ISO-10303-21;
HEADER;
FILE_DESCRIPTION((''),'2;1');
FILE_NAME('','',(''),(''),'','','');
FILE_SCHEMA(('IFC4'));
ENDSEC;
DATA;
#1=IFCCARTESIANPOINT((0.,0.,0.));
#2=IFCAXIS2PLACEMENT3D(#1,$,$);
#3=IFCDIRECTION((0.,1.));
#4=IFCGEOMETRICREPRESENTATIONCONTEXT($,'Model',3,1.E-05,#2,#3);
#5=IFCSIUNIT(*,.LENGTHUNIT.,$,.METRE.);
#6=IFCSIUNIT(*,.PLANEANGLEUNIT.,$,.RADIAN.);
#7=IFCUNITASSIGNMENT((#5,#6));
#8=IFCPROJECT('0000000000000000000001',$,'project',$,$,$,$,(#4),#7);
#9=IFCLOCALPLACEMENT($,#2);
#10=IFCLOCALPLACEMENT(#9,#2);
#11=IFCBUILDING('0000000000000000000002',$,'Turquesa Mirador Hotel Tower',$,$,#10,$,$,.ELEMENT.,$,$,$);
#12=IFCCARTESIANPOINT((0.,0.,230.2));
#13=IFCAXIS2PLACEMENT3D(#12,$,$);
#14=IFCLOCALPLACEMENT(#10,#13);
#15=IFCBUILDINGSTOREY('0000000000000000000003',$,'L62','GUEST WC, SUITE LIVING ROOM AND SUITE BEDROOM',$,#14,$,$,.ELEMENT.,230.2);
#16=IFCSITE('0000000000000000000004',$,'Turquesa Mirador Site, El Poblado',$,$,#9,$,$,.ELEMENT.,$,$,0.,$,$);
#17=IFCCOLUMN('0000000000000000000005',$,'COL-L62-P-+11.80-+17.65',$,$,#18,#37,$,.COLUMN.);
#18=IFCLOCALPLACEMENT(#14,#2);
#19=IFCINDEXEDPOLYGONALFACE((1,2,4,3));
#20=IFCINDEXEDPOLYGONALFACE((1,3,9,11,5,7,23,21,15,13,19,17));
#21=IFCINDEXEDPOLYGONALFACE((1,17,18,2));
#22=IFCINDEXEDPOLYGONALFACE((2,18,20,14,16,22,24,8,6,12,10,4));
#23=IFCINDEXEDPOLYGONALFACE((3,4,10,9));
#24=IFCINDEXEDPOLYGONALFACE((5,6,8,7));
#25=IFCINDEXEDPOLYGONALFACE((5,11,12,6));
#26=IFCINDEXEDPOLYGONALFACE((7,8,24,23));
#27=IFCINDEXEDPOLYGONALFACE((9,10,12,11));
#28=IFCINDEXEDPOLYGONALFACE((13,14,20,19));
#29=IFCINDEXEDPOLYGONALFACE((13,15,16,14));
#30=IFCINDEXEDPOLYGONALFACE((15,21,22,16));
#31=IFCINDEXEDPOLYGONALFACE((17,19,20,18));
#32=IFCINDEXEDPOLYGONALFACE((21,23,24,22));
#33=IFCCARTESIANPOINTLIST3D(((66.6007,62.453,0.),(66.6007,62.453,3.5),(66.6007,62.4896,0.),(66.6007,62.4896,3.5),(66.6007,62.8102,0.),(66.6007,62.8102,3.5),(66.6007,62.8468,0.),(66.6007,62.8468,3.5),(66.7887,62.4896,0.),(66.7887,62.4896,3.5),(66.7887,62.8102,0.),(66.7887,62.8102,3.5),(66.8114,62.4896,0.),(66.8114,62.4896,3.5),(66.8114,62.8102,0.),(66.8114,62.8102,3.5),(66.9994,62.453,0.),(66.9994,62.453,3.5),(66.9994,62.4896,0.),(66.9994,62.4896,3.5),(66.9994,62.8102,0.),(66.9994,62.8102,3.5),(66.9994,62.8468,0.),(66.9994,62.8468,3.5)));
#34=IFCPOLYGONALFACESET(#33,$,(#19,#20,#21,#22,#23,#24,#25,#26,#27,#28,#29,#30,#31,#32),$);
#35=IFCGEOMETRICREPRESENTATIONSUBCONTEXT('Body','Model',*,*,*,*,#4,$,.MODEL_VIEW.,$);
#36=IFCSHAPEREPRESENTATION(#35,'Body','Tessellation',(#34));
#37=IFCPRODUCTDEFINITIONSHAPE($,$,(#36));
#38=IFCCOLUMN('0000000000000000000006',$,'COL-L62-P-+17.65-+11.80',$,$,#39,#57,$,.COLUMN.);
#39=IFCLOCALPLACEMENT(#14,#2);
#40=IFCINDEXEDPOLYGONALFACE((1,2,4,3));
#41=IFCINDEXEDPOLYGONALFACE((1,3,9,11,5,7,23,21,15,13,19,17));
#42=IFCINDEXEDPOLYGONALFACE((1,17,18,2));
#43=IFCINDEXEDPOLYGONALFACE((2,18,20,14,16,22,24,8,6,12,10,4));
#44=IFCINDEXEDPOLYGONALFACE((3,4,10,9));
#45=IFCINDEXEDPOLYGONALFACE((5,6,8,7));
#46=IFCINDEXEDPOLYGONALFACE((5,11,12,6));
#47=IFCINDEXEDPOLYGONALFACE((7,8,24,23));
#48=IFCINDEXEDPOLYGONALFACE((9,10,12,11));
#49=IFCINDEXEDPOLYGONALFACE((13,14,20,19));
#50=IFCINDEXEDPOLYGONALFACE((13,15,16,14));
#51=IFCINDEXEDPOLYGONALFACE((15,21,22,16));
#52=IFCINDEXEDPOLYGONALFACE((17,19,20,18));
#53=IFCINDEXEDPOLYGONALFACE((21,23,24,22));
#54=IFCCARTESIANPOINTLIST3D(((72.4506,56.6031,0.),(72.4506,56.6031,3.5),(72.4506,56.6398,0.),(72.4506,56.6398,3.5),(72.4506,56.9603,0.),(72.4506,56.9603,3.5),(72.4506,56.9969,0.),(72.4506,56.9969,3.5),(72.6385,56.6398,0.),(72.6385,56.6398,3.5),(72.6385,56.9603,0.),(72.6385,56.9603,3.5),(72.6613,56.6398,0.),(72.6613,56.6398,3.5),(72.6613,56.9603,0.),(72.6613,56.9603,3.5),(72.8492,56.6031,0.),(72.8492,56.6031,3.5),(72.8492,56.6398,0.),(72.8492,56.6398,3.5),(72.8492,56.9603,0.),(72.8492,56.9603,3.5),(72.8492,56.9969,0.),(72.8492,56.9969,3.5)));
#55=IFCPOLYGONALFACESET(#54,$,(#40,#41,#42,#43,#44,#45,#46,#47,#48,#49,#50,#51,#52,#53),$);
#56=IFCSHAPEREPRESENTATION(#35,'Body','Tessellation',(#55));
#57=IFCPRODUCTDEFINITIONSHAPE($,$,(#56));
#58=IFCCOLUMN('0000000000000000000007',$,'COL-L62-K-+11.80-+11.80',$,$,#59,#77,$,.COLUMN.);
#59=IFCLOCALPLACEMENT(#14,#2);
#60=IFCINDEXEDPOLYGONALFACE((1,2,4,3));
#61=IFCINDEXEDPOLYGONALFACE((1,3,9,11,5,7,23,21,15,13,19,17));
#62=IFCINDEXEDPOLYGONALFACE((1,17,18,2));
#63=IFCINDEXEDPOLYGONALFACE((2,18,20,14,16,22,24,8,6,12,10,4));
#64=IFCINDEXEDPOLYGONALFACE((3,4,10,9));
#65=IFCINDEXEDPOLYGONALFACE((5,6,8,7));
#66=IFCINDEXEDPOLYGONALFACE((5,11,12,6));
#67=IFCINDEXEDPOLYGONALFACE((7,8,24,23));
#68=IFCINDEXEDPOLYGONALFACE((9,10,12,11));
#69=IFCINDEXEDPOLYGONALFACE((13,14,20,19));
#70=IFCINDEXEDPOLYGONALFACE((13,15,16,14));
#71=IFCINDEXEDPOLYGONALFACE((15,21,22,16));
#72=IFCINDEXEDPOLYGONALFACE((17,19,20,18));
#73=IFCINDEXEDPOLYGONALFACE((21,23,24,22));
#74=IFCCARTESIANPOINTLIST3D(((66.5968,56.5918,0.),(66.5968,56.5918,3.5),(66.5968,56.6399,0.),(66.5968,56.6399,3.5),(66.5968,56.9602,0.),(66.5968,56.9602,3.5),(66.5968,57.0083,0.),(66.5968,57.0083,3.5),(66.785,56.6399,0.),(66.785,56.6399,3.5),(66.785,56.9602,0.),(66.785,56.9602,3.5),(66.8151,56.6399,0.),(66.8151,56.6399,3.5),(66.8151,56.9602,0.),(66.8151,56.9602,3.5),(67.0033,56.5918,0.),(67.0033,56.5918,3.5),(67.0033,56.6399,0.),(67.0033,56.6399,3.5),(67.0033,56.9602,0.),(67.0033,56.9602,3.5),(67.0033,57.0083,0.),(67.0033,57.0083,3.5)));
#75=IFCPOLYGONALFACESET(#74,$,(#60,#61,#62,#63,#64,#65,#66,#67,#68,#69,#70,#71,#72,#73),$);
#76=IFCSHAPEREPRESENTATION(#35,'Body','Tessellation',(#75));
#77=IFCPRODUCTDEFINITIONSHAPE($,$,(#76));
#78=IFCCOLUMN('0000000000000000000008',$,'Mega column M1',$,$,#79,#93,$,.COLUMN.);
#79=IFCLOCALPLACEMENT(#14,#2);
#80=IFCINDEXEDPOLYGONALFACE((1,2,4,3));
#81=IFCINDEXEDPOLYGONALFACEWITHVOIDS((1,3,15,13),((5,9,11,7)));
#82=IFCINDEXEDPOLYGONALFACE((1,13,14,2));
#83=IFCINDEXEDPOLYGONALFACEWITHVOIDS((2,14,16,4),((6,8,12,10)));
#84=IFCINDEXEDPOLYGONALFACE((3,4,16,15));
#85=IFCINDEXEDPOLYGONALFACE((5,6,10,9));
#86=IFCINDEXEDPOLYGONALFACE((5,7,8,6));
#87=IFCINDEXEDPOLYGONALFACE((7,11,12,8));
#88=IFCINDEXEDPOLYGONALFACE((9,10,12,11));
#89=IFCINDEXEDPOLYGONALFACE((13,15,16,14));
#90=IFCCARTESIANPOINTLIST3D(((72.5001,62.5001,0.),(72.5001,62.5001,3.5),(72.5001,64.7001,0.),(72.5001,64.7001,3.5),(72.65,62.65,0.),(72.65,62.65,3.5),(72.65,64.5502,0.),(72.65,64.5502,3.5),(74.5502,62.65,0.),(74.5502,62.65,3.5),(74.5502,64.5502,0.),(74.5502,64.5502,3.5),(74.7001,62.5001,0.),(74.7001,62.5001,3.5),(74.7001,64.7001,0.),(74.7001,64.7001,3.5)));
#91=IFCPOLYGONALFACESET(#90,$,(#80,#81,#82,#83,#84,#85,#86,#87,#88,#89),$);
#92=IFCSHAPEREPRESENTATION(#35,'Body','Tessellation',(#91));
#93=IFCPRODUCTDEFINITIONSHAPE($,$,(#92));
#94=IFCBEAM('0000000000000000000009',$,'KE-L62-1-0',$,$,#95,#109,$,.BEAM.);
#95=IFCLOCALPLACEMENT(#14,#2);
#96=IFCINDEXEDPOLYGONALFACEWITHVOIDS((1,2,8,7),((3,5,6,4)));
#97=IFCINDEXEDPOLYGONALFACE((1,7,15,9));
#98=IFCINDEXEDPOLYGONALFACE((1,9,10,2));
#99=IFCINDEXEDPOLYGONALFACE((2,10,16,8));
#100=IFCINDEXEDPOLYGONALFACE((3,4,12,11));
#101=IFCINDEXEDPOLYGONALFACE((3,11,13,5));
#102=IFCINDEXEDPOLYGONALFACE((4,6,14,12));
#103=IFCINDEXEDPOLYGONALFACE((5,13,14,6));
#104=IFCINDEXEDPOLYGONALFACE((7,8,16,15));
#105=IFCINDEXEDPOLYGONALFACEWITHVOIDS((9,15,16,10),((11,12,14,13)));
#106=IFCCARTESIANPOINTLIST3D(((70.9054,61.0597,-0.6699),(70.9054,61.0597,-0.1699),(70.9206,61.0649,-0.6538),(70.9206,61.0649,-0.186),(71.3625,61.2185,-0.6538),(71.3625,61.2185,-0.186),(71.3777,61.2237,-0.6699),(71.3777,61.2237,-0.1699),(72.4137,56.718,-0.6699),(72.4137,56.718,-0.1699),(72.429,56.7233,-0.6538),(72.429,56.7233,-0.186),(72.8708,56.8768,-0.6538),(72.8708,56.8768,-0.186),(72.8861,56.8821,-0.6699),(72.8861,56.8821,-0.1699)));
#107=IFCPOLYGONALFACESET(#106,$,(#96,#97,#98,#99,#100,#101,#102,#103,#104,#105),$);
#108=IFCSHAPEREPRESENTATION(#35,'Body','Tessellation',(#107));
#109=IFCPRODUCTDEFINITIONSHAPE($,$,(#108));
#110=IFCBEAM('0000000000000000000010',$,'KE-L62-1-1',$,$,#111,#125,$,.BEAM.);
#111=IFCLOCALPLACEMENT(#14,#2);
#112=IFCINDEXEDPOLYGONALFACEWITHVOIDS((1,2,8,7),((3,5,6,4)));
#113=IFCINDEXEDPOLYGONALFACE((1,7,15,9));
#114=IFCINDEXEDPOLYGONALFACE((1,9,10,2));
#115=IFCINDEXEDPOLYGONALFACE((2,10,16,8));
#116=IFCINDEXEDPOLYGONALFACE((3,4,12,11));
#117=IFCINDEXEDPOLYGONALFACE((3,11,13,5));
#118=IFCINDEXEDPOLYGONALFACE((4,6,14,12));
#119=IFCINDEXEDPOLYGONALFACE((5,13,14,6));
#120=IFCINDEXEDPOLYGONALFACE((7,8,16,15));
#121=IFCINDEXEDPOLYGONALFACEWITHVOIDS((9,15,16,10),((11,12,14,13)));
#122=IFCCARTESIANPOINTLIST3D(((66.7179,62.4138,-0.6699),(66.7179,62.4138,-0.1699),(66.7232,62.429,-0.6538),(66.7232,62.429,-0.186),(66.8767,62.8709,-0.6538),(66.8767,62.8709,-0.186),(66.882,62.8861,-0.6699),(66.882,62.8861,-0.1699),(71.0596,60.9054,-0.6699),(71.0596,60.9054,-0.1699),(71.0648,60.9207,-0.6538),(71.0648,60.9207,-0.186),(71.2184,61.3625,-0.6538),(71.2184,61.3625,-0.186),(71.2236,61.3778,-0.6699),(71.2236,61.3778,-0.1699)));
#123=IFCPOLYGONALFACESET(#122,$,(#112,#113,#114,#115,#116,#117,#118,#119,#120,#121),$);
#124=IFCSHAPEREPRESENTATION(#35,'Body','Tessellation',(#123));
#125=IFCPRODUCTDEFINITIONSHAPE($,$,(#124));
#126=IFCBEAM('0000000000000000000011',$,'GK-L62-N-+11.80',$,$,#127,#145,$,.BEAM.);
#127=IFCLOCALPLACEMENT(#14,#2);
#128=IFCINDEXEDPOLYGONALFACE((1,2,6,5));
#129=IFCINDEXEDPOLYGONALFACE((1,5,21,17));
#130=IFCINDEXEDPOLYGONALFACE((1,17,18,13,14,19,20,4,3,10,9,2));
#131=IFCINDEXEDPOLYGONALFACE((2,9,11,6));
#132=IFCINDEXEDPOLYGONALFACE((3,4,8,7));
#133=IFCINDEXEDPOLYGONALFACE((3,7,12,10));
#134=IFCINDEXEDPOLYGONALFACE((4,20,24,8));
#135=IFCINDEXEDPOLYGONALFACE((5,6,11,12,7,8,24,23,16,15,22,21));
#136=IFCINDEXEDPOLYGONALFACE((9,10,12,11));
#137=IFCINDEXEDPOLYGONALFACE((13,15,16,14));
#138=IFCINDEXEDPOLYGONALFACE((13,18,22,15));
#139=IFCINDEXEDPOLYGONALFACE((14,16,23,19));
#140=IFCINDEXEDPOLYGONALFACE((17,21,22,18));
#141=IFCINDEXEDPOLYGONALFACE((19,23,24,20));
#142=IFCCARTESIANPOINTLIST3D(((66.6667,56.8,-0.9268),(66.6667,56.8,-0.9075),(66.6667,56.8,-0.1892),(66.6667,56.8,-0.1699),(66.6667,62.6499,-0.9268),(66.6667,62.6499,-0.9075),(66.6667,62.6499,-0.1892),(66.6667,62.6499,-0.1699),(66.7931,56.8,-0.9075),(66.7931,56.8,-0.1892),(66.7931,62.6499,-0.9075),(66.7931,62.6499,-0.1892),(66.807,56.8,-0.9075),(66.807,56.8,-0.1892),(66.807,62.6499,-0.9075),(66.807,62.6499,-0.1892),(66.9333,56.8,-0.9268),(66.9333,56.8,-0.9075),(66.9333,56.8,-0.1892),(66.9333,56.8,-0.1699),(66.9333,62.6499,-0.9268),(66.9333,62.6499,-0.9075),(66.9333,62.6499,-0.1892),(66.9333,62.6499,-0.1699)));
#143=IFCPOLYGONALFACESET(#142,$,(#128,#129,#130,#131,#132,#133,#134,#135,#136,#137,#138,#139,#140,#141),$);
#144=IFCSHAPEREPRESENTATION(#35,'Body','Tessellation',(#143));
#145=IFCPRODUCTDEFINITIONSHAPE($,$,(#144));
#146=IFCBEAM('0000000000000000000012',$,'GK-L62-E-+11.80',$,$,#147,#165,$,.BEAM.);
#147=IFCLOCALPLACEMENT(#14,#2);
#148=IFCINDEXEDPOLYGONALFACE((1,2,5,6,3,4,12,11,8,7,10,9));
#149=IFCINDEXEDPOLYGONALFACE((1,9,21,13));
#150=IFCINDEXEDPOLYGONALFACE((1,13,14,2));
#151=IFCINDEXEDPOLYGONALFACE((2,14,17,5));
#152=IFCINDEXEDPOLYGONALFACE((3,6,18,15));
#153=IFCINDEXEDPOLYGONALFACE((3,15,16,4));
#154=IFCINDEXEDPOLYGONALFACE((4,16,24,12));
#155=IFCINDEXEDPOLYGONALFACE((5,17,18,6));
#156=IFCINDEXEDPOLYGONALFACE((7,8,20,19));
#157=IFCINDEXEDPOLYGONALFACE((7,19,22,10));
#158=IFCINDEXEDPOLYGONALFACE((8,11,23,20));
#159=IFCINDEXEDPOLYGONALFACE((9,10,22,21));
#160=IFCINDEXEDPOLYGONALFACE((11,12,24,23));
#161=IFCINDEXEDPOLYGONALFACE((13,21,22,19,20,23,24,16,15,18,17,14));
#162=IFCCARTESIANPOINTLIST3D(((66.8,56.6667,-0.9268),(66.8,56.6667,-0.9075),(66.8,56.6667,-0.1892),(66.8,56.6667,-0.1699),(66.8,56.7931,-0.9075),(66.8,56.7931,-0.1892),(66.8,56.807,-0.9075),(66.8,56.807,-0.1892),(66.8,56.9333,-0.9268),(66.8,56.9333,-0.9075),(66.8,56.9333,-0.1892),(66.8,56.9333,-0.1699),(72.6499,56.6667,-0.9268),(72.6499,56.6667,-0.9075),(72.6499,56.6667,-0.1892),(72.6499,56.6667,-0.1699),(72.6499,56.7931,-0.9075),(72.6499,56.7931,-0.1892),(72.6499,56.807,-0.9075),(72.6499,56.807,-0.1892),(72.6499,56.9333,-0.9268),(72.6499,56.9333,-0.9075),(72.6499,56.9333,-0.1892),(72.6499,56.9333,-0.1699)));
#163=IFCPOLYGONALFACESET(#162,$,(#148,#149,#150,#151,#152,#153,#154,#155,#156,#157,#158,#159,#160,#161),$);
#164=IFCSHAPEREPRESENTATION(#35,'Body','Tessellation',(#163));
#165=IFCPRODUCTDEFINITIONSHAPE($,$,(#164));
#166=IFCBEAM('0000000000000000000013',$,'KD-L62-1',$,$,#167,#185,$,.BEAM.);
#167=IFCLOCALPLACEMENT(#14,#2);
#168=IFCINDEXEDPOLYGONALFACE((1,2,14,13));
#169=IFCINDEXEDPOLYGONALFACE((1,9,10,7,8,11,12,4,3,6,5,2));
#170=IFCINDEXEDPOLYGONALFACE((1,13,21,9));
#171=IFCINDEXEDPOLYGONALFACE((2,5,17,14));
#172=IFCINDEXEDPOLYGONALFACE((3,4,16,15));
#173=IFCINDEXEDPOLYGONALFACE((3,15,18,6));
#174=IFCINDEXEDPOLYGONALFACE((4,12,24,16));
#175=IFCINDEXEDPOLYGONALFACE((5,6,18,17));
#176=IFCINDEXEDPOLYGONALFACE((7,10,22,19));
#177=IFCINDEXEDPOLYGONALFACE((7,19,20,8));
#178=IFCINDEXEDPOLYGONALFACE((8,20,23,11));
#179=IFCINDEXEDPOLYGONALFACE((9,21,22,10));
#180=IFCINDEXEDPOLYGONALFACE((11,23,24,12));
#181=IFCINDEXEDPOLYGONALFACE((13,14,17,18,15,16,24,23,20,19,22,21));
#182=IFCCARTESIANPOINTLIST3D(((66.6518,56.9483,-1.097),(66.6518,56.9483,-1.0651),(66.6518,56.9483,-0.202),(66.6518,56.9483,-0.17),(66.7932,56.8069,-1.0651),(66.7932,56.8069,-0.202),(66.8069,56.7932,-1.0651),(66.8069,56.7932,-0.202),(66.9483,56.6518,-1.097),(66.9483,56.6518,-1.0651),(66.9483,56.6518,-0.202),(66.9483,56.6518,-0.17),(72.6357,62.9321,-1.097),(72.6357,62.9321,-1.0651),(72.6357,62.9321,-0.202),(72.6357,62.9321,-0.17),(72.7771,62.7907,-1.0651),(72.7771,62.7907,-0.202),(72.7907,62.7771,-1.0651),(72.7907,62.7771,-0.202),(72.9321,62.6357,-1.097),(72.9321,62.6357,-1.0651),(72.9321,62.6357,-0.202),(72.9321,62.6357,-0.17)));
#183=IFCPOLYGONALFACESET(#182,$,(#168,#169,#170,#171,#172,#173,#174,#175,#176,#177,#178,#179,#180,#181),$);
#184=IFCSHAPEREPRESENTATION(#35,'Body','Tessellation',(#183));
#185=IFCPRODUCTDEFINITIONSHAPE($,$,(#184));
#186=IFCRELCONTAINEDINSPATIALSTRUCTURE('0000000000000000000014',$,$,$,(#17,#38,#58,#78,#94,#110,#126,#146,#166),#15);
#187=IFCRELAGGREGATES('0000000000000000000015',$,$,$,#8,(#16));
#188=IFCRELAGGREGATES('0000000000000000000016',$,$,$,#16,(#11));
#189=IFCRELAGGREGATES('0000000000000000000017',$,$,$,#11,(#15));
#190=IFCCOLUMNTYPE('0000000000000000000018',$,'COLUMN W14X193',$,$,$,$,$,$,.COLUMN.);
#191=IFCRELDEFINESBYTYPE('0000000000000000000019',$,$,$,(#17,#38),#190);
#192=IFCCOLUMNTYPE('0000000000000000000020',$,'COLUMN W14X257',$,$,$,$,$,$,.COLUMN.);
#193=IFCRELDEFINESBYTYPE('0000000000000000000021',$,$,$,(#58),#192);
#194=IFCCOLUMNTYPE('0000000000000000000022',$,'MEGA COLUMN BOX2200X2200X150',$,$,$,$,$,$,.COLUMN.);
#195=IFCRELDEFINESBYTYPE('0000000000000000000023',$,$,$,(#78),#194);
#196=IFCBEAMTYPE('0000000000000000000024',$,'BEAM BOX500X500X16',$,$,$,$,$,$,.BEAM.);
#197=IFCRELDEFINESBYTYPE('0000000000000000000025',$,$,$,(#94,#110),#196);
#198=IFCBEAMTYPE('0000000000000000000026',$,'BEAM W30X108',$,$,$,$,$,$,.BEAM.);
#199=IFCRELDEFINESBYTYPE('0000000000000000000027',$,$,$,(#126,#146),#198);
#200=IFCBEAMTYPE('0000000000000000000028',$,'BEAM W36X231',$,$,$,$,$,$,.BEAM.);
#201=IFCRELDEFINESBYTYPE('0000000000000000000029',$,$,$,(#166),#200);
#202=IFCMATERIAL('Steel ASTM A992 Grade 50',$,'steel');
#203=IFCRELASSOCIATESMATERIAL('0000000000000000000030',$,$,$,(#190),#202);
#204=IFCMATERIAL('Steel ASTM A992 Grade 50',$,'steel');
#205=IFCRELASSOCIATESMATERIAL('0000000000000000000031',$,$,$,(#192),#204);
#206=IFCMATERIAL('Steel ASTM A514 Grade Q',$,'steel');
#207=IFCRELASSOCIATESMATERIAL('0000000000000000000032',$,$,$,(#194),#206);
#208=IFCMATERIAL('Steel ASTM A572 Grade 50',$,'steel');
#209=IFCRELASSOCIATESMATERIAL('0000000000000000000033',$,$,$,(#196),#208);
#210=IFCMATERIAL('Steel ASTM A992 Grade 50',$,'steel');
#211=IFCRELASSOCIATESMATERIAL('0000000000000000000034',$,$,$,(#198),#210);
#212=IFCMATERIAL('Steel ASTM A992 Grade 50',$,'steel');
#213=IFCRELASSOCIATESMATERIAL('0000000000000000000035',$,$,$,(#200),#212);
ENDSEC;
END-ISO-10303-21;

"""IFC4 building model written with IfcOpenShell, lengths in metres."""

from ifc_helpers import new_model, si_unit, direction, frame, origin, origin_2d, place, context, subcontext, project, spatial, hollow_rectangle, i_section, extrude, material, material_profile, profile_set, type_object, element, save


model = new_model("IFC4")

# Units and contexts
model_context = context("Model", 3, precision=1e-05, world=origin(), true_north=direction((0.0, 1.0)))
body_context = subcontext(model_context, "Body", "Model", "MODEL_VIEW")
ifc_project = project(units=[si_unit("LENGTHUNIT", "METRE"), si_unit("PLANEANGLEUNIT", "RADIAN")], contexts=[model_context])

# Site, building, storey
site_placement = place(None, origin())
site = spatial("IfcSite", under=ifc_project, at=site_placement, Name="Turquesa Mirador Site, El Poblado", CompositionType="ELEMENT", RefElevation=0.0)
building_placement = place(site_placement, origin())
building = spatial("IfcBuilding", under=site, at=building_placement, Name="Turquesa Mirador Hotel Tower", CompositionType="ELEMENT")
storey_placement = place(building_placement, frame((0.0, 0.0, 230.2)))
storey = spatial("IfcBuildingStorey", under=building, at=storey_placement, Name="L62", Description="GUEST WC, SUITE LIVING ROOM AND SUITE BEDROOM", CompositionType="ELEMENT", Elevation=230.2)

# Columns
ifc_material_1 = material(Name="Steel ASTM A992 Grade 50", Category="steel")
ifc_material_profile_1 = material_profile(ifc_material_1, i_section(OverallWidth=0.3987, OverallDepth=0.3938, WebThickness=0.0227, FlangeThickness=0.0366, at=origin_2d()), Name="W14X193")
ifc_profile_set_1 = profile_set([ifc_material_profile_1], Name="Steel ASTM A992 Grade 50")
column_type_1 = type_object("IfcColumnType", Name="COLUMN W14X193", PredefinedType="COLUMN", material=ifc_profile_set_1)
for number, where, z_axis, x_axis, name in (
    (1, (66.8, 62.6499, 0.0), (0.0, 0.0, 1.0), (1.0, 0.0, 0.0), "COL-L62-P-+11.80-+17.65"),
    (2, (72.6499, 56.8, 0.0), (0.0, 0.0, 1.0), (1.0, 0.0, 0.0), "COL-L62-P-+17.65-+11.80"),
):
    element("IfcColumn", number, at=place(storey_placement, frame(where, z_axis=z_axis, x_axis=x_axis)), inside=storey, type_object=column_type_1, Name=name, PredefinedType="COLUMN", context=body_context, shape_type="SweptSolid", body=[
        extrude(i_section(OverallWidth=0.3987, OverallDepth=0.3938, WebThickness=0.0227, FlangeThickness=0.0366, at=origin_2d()), origin(), (0.0, 0.0, 1.0), 3.5),
    ])
ifc_material_2 = material(Name="Steel ASTM A992 Grade 50", Category="steel")
ifc_material_profile_2 = material_profile(ifc_material_2, i_section(OverallWidth=0.4065, OverallDepth=0.4165, WebThickness=0.03, FlangeThickness=0.0481, at=origin_2d()), Name="W14X257")
ifc_profile_set_2 = profile_set([ifc_material_profile_2], Name="Steel ASTM A992 Grade 50")
column_type_2 = type_object("IfcColumnType", Name="COLUMN W14X257", PredefinedType="COLUMN", material=ifc_profile_set_2)
column_1_placement = place(storey_placement, frame((66.8, 56.8, 0.0), z_axis=(0.0, 0.0, 1.0), x_axis=(1.0, 0.0, 0.0)))
element("IfcColumn", 3, at=column_1_placement, inside=storey, type_object=column_type_2, Name="COL-L62-K-+11.80-+11.80", PredefinedType="COLUMN", context=body_context, shape_type="SweptSolid", body=[
    extrude(i_section(OverallWidth=0.4065, OverallDepth=0.4165, WebThickness=0.03, FlangeThickness=0.0481, at=origin_2d()), origin(), (0.0, 0.0, 1.0), 3.5),
])
ifc_material_3 = material(Name="Steel ASTM A514 Grade Q", Category="steel")
ifc_material_profile_3 = material_profile(ifc_material_3, hollow_rectangle(XDim=2.2, YDim=2.2, WallThickness=0.1499, at=origin_2d()), Name="BOX2200X2200X150")
ifc_profile_set_3 = profile_set([ifc_material_profile_3], Name="Steel ASTM A514 Grade Q")
column_type_3 = type_object("IfcColumnType", Name="MEGA COLUMN BOX2200X2200X150", PredefinedType="COLUMN", material=ifc_profile_set_3)
column_2_placement = place(storey_placement, frame((73.6001, 63.6001, 0.0), z_axis=(0.0, 0.0, 1.0), x_axis=(1.0, 0.0, 0.0)))
element("IfcColumn", 4, at=column_2_placement, inside=storey, type_object=column_type_3, Name="Mega column M1", PredefinedType="COLUMN", context=body_context, shape_type="SweptSolid", body=[
    extrude(hollow_rectangle(XDim=2.2, YDim=2.2, WallThickness=0.1499, at=origin_2d()), origin(), (0.0, 0.0, 1.0), 3.5),
])

# Beams
ifc_material_4 = material(Name="Steel ASTM A572 Grade 50", Category="steel")
ifc_material_profile_4 = material_profile(ifc_material_4, hollow_rectangle(XDim=0.5, YDim=0.5, WallThickness=0.0161, at=origin_2d()), Name="BOX500X500X16")
ifc_profile_set_4 = profile_set([ifc_material_profile_4], Name="Steel ASTM A572 Grade 50")
beam_type_1 = type_object("IfcBeamType", Name="BEAM BOX500X500X16", PredefinedType="BEAM", material=ifc_profile_set_4)
for number, where, z_axis, x_axis, name in (
    (5, (72.6499, 56.8, -0.4199), (-0.32817, 0.944619, 0.0), (-0.944619, -0.32817, 0.0), "KE-L62-1-0"),
    (6, (71.1416, 61.1416, -0.4199), (-0.944619, 0.32817, 0.0), (-0.32817, -0.944619, 0.0), "KE-L62-1-1"),
):
    element("IfcBeam", number, at=place(storey_placement, frame(where, z_axis=z_axis, x_axis=x_axis)), inside=storey, type_object=beam_type_1, Name=name, PredefinedType="BEAM", context=body_context, shape_type="SweptSolid", body=[
        extrude(hollow_rectangle(XDim=0.5, YDim=0.5, WallThickness=0.0161, at=origin_2d()), origin(), (0.0, 0.0, 1.0), 4.5962),
    ])
ifc_material_5 = material(Name="Steel ASTM A992 Grade 50", Category="steel")
ifc_material_profile_5 = material_profile(ifc_material_5, i_section(OverallWidth=0.2666, OverallDepth=0.7568, WebThickness=0.0139, FlangeThickness=0.0193, at=origin_2d()), Name="W30X108")
ifc_profile_set_5 = profile_set([ifc_material_profile_5], Name="Steel ASTM A992 Grade 50")
beam_type_2 = type_object("IfcBeamType", Name="BEAM W30X108", PredefinedType="BEAM", material=ifc_profile_set_5)
for number, where, z_axis, x_axis, name in (
    (7, (66.8, 62.6499, -0.5483), (0.0, -1.0, 0.0), (1.0, 0.0, 0.0), "GK-L62-N-+11.80"),
    (8, (72.6499, 56.8, -0.5483), (-1.0, 0.0, 0.0), (0.0, -1.0, 0.0), "GK-L62-E-+11.80"),
):
    element("IfcBeam", number, at=place(storey_placement, frame(where, z_axis=z_axis, x_axis=x_axis)), inside=storey, type_object=beam_type_2, Name=name, PredefinedType="BEAM", context=body_context, shape_type="SweptSolid", body=[
        extrude(i_section(OverallWidth=0.2666, OverallDepth=0.7568, WebThickness=0.0139, FlangeThickness=0.0193, at=origin_2d()), origin(), (0.0, 0.0, 1.0), 5.8499),
    ])
ifc_material_6 = material(Name="Steel ASTM A992 Grade 50", Category="steel")
ifc_material_profile_6 = material_profile(ifc_material_6, i_section(OverallWidth=0.4192, OverallDepth=0.927, WebThickness=0.0193, FlangeThickness=0.032, at=origin_2d()), Name="W36X231")
ifc_profile_set_6 = profile_set([ifc_material_profile_6], Name="Steel ASTM A992 Grade 50")
beam_type_3 = type_object("IfcBeamType", Name="BEAM W36X231", PredefinedType="BEAM", material=ifc_profile_set_6)
beam_placement = place(storey_placement, frame((66.8, 56.8, -0.6335), z_axis=(0.707107, 0.707107, 0.0), x_axis=(-0.707107, 0.707107, 0.0)))
element("IfcBeam", 9, at=beam_placement, inside=storey, type_object=beam_type_3, Name="KD-L62-1", PredefinedType="BEAM", context=body_context, shape_type="SweptSolid", body=[
    extrude(i_section(OverallWidth=0.4192, OverallDepth=0.927, WebThickness=0.0193, FlangeThickness=0.032, at=origin_2d()), origin(), (0.0, 0.0, 1.0), 8.4624),
])

save(model, "model.ifc")
